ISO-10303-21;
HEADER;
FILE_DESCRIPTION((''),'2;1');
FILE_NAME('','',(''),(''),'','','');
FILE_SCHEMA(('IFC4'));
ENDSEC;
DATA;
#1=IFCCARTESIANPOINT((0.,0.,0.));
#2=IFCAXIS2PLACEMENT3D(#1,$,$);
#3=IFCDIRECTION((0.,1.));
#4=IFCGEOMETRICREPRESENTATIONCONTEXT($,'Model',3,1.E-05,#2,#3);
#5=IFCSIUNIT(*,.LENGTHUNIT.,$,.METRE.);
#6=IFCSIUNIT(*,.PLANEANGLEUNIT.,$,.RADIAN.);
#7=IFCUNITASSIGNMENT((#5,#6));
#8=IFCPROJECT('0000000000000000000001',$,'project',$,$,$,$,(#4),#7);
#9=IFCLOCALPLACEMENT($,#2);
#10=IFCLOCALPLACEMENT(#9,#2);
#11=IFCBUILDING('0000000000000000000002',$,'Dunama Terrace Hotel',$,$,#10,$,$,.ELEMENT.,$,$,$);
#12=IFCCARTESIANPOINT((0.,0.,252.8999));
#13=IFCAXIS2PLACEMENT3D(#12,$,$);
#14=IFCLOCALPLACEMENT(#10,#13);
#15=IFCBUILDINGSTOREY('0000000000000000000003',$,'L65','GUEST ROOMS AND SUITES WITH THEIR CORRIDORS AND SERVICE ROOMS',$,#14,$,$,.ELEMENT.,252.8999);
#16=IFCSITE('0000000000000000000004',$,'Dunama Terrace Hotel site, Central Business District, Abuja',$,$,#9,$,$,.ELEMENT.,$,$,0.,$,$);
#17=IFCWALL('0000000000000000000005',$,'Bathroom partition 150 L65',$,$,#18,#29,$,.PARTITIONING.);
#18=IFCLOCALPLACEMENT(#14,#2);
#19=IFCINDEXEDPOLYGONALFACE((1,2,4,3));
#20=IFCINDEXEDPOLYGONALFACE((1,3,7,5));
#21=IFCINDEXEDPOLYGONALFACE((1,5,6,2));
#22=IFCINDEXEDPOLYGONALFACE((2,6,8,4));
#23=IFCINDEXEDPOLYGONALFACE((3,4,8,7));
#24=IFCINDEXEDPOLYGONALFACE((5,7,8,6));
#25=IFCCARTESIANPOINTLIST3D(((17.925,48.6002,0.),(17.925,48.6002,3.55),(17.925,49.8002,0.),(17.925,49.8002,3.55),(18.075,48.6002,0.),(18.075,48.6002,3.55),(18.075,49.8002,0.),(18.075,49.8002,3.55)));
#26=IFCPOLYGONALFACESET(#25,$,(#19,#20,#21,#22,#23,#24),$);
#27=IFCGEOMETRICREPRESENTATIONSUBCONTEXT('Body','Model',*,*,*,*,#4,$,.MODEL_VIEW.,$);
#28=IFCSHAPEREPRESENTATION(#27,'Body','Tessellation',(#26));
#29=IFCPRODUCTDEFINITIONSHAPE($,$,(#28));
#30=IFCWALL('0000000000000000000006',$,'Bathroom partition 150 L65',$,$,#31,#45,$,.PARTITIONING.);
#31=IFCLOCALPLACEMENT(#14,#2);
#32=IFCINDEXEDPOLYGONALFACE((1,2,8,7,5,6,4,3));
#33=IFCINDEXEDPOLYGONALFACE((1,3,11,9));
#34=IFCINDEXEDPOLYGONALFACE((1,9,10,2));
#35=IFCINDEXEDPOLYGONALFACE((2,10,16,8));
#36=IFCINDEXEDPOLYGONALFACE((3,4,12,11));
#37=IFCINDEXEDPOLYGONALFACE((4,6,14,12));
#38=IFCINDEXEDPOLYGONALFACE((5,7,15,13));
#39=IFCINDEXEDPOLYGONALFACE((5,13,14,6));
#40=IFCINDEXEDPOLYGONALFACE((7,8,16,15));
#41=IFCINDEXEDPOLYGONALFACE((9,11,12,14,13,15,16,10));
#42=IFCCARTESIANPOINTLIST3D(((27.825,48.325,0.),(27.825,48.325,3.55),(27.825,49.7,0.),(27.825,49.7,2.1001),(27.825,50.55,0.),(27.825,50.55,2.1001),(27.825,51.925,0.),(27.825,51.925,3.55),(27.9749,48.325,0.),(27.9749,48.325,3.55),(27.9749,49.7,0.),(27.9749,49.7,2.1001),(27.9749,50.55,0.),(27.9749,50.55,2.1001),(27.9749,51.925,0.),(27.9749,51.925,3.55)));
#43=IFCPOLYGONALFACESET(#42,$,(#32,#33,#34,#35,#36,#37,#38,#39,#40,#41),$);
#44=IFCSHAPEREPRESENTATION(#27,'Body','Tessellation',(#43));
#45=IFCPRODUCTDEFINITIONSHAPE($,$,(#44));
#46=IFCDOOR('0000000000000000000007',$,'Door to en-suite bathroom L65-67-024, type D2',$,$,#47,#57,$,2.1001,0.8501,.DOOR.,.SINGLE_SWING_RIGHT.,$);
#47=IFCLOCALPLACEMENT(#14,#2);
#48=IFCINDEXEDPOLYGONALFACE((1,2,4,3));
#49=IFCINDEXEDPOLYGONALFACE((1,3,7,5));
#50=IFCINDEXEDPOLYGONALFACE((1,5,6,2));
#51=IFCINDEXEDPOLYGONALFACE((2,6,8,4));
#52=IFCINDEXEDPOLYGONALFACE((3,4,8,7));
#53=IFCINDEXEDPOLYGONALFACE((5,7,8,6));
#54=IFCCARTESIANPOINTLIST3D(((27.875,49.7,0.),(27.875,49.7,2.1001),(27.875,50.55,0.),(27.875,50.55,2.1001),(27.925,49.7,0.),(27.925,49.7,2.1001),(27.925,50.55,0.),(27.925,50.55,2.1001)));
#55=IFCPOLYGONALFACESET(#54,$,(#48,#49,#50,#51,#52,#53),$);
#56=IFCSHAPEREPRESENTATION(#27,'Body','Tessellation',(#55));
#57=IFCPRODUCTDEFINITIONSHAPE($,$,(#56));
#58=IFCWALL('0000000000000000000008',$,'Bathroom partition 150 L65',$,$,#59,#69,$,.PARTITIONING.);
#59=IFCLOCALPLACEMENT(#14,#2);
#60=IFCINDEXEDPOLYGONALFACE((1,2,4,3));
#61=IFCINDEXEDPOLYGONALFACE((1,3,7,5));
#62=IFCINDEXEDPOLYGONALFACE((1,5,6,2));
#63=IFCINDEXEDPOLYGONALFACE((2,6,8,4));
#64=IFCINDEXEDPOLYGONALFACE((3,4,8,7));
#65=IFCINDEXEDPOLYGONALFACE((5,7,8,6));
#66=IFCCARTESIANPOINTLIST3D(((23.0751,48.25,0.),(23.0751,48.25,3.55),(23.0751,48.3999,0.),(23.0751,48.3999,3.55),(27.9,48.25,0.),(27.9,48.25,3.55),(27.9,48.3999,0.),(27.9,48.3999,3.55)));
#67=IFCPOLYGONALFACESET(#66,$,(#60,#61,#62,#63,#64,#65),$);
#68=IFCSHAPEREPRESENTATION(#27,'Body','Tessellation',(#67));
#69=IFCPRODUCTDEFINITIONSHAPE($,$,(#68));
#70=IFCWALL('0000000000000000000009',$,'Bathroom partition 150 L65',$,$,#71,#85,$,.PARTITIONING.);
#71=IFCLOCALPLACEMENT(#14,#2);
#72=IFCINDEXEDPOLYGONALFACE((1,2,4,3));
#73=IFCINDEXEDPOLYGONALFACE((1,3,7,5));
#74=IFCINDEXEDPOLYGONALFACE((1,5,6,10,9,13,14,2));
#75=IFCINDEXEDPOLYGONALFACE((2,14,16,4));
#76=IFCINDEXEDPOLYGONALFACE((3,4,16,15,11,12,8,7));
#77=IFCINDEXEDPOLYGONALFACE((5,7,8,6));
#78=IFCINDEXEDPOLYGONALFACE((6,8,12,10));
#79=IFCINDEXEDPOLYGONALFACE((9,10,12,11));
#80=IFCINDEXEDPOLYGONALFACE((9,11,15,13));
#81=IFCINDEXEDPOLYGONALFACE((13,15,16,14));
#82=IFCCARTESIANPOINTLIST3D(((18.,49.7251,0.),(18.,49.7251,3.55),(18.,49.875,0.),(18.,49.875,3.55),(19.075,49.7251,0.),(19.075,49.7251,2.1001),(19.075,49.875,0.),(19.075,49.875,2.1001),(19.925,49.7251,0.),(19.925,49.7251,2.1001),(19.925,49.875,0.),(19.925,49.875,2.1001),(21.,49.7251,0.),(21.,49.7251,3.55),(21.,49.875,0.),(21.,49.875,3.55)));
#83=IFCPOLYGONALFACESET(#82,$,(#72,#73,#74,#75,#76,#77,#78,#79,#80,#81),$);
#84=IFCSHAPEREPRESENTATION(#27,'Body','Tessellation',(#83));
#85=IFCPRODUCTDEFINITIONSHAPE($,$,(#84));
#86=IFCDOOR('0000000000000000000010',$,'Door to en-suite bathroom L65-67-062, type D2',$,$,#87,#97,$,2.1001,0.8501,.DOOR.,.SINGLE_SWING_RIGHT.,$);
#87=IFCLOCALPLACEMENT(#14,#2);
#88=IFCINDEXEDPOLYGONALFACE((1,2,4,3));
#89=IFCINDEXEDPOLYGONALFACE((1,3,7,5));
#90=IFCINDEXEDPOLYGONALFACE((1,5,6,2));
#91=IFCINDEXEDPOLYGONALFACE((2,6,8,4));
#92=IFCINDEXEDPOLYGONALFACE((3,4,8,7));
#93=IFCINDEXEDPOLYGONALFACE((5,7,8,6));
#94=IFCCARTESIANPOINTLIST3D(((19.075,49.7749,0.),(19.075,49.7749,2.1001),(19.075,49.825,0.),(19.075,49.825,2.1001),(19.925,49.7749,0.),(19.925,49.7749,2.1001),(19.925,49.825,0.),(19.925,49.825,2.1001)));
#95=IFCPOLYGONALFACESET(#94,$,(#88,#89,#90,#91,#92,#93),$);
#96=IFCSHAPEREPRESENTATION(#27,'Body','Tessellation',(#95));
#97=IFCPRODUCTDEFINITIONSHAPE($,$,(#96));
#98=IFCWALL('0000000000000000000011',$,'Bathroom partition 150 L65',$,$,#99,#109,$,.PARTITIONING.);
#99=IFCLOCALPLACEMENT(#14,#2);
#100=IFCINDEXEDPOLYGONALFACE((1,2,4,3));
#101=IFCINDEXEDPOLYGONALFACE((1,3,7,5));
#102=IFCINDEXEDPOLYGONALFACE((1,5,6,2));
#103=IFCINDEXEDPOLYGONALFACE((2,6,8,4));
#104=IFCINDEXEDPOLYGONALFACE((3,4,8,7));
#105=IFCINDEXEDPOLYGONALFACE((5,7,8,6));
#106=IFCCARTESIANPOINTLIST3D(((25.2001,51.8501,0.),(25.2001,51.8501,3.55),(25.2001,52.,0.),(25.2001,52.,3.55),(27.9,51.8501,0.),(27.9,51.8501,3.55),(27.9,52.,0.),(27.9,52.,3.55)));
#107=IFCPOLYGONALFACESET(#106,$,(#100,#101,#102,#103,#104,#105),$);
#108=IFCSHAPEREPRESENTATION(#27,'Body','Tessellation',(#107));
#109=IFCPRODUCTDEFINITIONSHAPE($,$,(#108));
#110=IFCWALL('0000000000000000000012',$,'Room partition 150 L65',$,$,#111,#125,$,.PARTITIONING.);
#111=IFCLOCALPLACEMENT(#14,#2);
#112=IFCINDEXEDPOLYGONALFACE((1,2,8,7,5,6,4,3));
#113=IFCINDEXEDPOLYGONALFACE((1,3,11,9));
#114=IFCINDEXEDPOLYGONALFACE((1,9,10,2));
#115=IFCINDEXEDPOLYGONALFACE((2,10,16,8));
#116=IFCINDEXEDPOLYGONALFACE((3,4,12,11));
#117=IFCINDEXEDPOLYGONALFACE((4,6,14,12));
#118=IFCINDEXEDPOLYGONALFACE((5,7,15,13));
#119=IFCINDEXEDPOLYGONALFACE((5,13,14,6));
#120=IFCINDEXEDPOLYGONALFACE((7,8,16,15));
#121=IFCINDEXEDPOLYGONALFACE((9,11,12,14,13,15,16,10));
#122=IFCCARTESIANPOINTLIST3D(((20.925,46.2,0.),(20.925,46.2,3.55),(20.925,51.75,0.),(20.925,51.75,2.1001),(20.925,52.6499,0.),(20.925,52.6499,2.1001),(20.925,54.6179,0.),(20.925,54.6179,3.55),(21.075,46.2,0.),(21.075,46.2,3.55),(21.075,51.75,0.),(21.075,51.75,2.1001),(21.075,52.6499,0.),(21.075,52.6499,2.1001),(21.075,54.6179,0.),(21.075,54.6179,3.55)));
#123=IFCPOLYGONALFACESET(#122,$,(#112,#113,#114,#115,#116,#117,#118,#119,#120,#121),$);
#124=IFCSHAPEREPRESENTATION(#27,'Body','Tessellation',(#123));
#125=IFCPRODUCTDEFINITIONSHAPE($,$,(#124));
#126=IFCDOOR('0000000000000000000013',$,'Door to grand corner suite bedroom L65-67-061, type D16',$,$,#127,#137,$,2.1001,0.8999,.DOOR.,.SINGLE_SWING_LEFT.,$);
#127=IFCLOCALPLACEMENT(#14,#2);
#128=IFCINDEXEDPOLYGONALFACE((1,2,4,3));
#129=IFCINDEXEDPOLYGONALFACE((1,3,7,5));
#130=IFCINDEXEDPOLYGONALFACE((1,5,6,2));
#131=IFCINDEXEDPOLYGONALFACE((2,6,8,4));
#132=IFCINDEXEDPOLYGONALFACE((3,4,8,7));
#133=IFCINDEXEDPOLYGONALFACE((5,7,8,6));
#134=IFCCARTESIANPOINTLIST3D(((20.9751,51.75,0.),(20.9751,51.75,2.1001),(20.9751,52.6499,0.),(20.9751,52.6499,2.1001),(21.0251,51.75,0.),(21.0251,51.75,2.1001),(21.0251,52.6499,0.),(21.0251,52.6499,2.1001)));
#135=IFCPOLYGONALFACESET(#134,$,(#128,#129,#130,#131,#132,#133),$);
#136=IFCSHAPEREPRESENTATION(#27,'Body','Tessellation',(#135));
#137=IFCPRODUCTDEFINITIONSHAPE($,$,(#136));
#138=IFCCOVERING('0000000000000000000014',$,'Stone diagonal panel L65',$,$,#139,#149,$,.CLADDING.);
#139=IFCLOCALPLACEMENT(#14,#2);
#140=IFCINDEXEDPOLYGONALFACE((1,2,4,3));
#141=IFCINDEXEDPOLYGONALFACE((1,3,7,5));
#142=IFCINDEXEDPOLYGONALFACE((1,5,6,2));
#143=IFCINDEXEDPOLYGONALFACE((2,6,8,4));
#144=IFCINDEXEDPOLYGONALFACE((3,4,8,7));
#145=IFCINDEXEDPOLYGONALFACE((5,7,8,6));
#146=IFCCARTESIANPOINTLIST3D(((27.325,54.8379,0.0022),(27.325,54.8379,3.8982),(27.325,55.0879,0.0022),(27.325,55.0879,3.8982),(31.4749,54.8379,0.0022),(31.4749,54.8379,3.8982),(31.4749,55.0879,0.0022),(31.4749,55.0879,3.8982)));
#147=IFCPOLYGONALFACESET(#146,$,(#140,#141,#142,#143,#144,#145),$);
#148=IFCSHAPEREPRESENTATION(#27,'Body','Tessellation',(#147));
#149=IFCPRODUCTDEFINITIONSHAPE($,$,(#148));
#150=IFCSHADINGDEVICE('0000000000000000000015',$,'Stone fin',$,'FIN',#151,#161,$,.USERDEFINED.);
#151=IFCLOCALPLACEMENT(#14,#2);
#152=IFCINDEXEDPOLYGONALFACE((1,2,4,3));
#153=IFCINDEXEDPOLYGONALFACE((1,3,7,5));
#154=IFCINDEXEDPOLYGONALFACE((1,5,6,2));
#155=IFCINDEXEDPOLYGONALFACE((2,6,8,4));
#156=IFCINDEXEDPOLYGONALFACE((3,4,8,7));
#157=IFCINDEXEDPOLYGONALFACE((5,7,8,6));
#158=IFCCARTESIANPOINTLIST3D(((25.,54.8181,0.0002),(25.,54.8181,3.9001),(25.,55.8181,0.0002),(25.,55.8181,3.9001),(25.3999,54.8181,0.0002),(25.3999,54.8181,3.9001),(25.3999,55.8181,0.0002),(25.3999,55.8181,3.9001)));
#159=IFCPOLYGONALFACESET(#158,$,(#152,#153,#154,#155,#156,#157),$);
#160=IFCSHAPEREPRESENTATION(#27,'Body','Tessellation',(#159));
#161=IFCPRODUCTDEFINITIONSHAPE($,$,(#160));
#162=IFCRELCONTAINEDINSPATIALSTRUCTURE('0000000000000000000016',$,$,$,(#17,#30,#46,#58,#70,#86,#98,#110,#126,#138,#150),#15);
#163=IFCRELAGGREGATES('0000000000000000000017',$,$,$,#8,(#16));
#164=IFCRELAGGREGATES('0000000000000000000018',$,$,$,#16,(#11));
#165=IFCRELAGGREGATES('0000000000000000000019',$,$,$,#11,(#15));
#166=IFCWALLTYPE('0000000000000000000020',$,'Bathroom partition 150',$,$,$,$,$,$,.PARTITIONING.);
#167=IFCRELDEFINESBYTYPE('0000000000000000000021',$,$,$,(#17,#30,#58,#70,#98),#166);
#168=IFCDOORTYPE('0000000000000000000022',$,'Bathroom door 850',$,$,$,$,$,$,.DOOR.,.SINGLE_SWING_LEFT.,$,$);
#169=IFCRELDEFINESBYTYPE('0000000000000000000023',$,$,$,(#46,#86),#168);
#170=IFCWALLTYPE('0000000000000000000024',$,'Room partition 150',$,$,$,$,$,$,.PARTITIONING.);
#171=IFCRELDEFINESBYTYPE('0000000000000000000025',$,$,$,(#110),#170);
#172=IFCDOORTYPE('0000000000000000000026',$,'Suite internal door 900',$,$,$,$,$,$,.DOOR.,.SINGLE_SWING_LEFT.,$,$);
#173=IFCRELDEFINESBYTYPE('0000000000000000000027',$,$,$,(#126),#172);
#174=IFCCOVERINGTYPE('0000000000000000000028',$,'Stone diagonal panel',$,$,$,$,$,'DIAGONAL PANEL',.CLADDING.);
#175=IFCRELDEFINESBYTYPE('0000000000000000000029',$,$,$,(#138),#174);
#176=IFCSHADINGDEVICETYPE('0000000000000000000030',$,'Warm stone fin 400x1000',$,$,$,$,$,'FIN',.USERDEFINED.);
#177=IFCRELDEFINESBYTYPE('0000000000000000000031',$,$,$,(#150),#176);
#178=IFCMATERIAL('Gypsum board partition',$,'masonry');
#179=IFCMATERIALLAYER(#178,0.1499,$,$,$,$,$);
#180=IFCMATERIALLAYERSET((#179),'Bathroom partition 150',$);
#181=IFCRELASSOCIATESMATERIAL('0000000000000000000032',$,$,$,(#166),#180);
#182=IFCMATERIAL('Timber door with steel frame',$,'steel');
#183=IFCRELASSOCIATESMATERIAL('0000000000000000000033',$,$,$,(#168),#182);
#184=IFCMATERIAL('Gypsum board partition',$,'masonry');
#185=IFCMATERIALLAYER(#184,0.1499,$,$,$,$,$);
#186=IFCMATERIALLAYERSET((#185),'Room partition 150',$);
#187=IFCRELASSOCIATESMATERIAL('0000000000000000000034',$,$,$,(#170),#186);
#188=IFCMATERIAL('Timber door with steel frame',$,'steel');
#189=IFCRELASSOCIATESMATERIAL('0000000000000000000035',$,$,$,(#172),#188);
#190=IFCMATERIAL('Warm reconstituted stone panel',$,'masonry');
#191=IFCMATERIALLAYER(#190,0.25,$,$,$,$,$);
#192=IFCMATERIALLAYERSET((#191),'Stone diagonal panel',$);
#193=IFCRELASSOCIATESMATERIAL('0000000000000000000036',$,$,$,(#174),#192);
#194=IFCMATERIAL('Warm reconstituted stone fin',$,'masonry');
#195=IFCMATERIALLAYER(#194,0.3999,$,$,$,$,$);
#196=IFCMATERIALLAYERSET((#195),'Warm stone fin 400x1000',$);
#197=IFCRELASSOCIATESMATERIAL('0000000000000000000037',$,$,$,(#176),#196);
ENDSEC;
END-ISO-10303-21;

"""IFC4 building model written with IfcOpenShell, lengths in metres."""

from ifc_helpers import new_model, si_unit, direction, frame, frame_2d, origin, origin_2d, place, context, subcontext, project, spatial, rectangle, extrude, material, layer, layer_set, type_object, element, fill, save


model = new_model("IFC4")

# Units and contexts
model_context = context("Model", 3, precision=1e-05, world=origin(), true_north=direction((0.0, 1.0)))
body_context = subcontext(model_context, "Body", "Model", "MODEL_VIEW")
ifc_project = project(units=[si_unit("LENGTHUNIT", "METRE"), si_unit("PLANEANGLEUNIT", "RADIAN")], contexts=[model_context])

# Site, building, storey
site_placement = place(None, origin())
site = spatial("IfcSite", under=ifc_project, at=site_placement, Name="Dunama Terrace Hotel site, Central Business District, Abuja", CompositionType="ELEMENT", RefElevation=0.0)
building_placement = place(site_placement, origin())
building = spatial("IfcBuilding", under=site, at=building_placement, Name="Dunama Terrace Hotel", CompositionType="ELEMENT")
storey_placement = place(building_placement, frame((0.0, 0.0, 252.8999)))
storey = spatial("IfcBuildingStorey", under=building, at=storey_placement, Name="L65", Description="GUEST ROOMS AND SUITES WITH THEIR CORRIDORS AND SERVICE ROOMS", CompositionType="ELEMENT", Elevation=252.8999)

# Wall
ifc_material_1 = material(Name="Gypsum board partition", Category="masonry")
ifc_layer_1 = layer(ifc_material_1, 0.1499)
ifc_layer_set_1 = layer_set([ifc_layer_1], Name="Bathroom partition 150")
wall_type_1 = type_object("IfcWallType", Name="Bathroom partition 150", PredefinedType="PARTITIONING", material=ifc_layer_set_1)
wall_1_placement = place(storey_placement, frame((18.0, 48.6001, 0.0), z_axis=(0.0, 0.0, 1.0), x_axis=(0.0, 1.0, 0.0)))
element("IfcWall", 1, at=wall_1_placement, inside=storey, type_object=wall_type_1, Name="Bathroom partition 150 L65", PredefinedType="PARTITIONING", context=body_context, shape_type="SweptSolid", body=[
    extrude(rectangle(XDim=1.2, YDim=0.1499, at=frame_2d((0.6001, 0.0))), origin(), (0.0, 0.0, 1.0), 3.55),
])

# Wall, opening, door
wall_2_placement = place(storey_placement, frame((27.8999, 48.325, 0.0), z_axis=(0.0, 0.0, 1.0), x_axis=(0.0, 1.0, 0.0)))
wall_2 = element("IfcWall", 2, at=wall_2_placement, inside=storey, type_object=wall_type_1, Name="Bathroom partition 150 L65", PredefinedType="PARTITIONING", context=body_context, shape_type="SweptSolid", body=[
    extrude(rectangle(XDim=3.6001, YDim=0.1499, at=frame_2d((1.8, 0.0))), origin(), (0.0, 0.0, 1.0), 3.55),
])
opening_1_placement = place(wall_2_placement, frame((1.375, 0.0, 0.0)))
opening_1 = element("IfcOpeningElement", 3, at=opening_1_placement, cuts=wall_2, PredefinedType="OPENING", context=body_context, shape_type="SweptSolid", body=[
    extrude(rectangle(XDim=0.8501, YDim=2.1001, at=frame_2d((0.425, 1.05))), frame((0.0, 0.085, 0.0), z_axis=(0.0, -1.0, 0.0), x_axis=(1.0, 0.0, 0.0)), (0.0, 0.0, 1.0), 0.1699),
])
ifc_material_2 = material(Name="Timber door with steel frame", Category="steel")
door_type_1 = type_object("IfcDoorType", Name="Bathroom door 850", OperationType="SINGLE_SWING_LEFT", PredefinedType="DOOR", material=ifc_material_2)
door_1_placement = place(opening_1_placement, origin())
door_1 = element("IfcDoor", 4, at=door_1_placement, inside=storey, type_object=door_type_1, Name="Door to en-suite bathroom L65-67-024, type D2", OperationType="SINGLE_SWING_RIGHT", OverallHeight=2.1001, OverallWidth=0.8501, PredefinedType="DOOR", context=body_context, shape_type="SweptSolid", body=[
    extrude(rectangle(XDim=0.8501, YDim=2.1001, at=frame_2d((0.425, 1.05))), frame((0.0, 0.0249, 0.0), z_axis=(0.0, -1.0, 0.0), x_axis=(1.0, 0.0, 0.0)), (0.0, 0.0, 1.0), 0.05),
])
fill(opening_1, door_1)

# Wall
wall_3_placement = place(storey_placement, frame((23.075, 48.325, 0.0), z_axis=(0.0, 0.0, 1.0), x_axis=(1.0, 0.0, 0.0)))
element("IfcWall", 5, at=wall_3_placement, inside=storey, type_object=wall_type_1, Name="Bathroom partition 150 L65", PredefinedType="PARTITIONING", context=body_context, shape_type="SweptSolid", body=[
    extrude(rectangle(XDim=4.825, YDim=0.1499, at=frame_2d((2.4126, 0.0))), origin(), (0.0, 0.0, 1.0), 3.55),
])

# Wall, opening, door
wall_4_placement = place(storey_placement, frame((18.0, 49.8, 0.0), z_axis=(0.0, 0.0, 1.0), x_axis=(1.0, 0.0, 0.0)))
wall_4 = element("IfcWall", 6, at=wall_4_placement, inside=storey, type_object=wall_type_1, Name="Bathroom partition 150 L65", PredefinedType="PARTITIONING", context=body_context, shape_type="SweptSolid", body=[
    extrude(rectangle(XDim=3.0, YDim=0.1499, at=frame_2d((1.5, 0.0))), origin(), (0.0, 0.0, 1.0), 3.55),
])
opening_2_placement = place(wall_4_placement, frame((1.075, 0.0, 0.0)))
opening_2 = element("IfcOpeningElement", 7, at=opening_2_placement, cuts=wall_4, PredefinedType="OPENING", context=body_context, shape_type="SweptSolid", body=[
    extrude(rectangle(XDim=0.8501, YDim=2.1001, at=frame_2d((0.425, 1.05))), frame((0.0, 0.085, 0.0), z_axis=(0.0, -1.0, 0.0), x_axis=(1.0, 0.0, 0.0)), (0.0, 0.0, 1.0), 0.1699),
])
door_2_placement = place(opening_2_placement, frame((0.8501, 0.0, 0.0), z_axis=(0.0, 0.0, 1.0), x_axis=(-1.0, 0.0, 0.0)))
door_2 = element("IfcDoor", 8, at=door_2_placement, inside=storey, type_object=door_type_1, Name="Door to en-suite bathroom L65-67-062, type D2", OperationType="SINGLE_SWING_RIGHT", OverallHeight=2.1001, OverallWidth=0.8501, PredefinedType="DOOR", context=body_context, shape_type="SweptSolid", body=[
    extrude(rectangle(XDim=0.8501, YDim=2.1001, at=frame_2d((0.425, 1.05))), frame((0.0, 0.0251, 0.0), z_axis=(0.0, -1.0, 0.0), x_axis=(1.0, 0.0, 0.0)), (0.0, 0.0, 1.0), 0.05),
])
fill(opening_2, door_2)

# Wall
wall_5_placement = place(storey_placement, frame((25.2, 51.925, 0.0), z_axis=(0.0, 0.0, 1.0), x_axis=(1.0, 0.0, 0.0)))
element("IfcWall", 9, at=wall_5_placement, inside=storey, type_object=wall_type_1, Name="Bathroom partition 150 L65", PredefinedType="PARTITIONING", context=body_context, shape_type="SweptSolid", body=[
    extrude(rectangle(XDim=2.7, YDim=0.1499, at=frame_2d((1.3501, 0.0))), origin(), (0.0, 0.0, 1.0), 3.55),
])

# Wall, opening, door
ifc_material_3 = material(Name="Gypsum board partition", Category="masonry")
ifc_layer_2 = layer(ifc_material_3, 0.1499)
ifc_layer_set_2 = layer_set([ifc_layer_2], Name="Room partition 150")
wall_type_2 = type_object("IfcWallType", Name="Room partition 150", PredefinedType="PARTITIONING", material=ifc_layer_set_2)
wall_6_placement = place(storey_placement, frame((21.0, 46.2, 0.0), z_axis=(0.0, 0.0, 1.0), x_axis=(0.0, 1.0, 0.0)))
wall_6 = element("IfcWall", 10, at=wall_6_placement, inside=storey, type_object=wall_type_2, Name="Room partition 150 L65", PredefinedType="PARTITIONING", context=body_context, shape_type="SweptSolid", body=[
    extrude(rectangle(XDim=8.418, YDim=0.1499, at=frame_2d((4.209, 0.0))), origin(), (0.0, 0.0, 1.0), 3.55),
])
opening_3_placement = place(wall_6_placement, frame((5.55, 0.0, 0.0)))
opening_3 = element("IfcOpeningElement", 11, at=opening_3_placement, cuts=wall_6, PredefinedType="OPENING", context=body_context, shape_type="SweptSolid", body=[
    extrude(rectangle(XDim=0.8999, YDim=2.1001, at=frame_2d((0.45, 1.05))), frame((0.0, 0.085, 0.0), z_axis=(0.0, -1.0, 0.0), x_axis=(1.0, 0.0, 0.0)), (0.0, 0.0, 1.0), 0.1699),
])
ifc_material_4 = material(Name="Timber door with steel frame", Category="steel")
door_type_2 = type_object("IfcDoorType", Name="Suite internal door 900", OperationType="SINGLE_SWING_LEFT", PredefinedType="DOOR", material=ifc_material_4)
door_3_placement = place(opening_3_placement, origin())
door_3 = element("IfcDoor", 12, at=door_3_placement, inside=storey, type_object=door_type_2, Name="Door to grand corner suite bedroom L65-67-061, type D16", OperationType="SINGLE_SWING_LEFT", OverallHeight=2.1001, OverallWidth=0.8999, PredefinedType="DOOR", context=body_context, shape_type="SweptSolid", body=[
    extrude(rectangle(XDim=0.8999, YDim=2.1001, at=frame_2d((0.45, 1.05))), frame((0.0, 0.0249, 0.0), z_axis=(0.0, -1.0, 0.0), x_axis=(1.0, 0.0, 0.0)), (0.0, 0.0, 1.0), 0.05),
])
fill(opening_3, door_3)

# Covering
ifc_material_5 = material(Name="Warm reconstituted stone panel", Category="masonry")
ifc_layer_3 = layer(ifc_material_5, 0.25)
ifc_layer_set_3 = layer_set([ifc_layer_3], Name="Stone diagonal panel")
covering_type = type_object("IfcCoveringType", Name="Stone diagonal panel", ElementType="DIAGONAL PANEL", PredefinedType="CLADDING", material=ifc_layer_set_3)
covering_placement = place(storey_placement, frame((29.3999, 54.9629, 0.0022), z_axis=(0.0, 0.0, 1.0), x_axis=(-1.0, 0.0, 0.0)))
element("IfcCovering", 13, at=covering_placement, inside=storey, type_object=covering_type, Name="Stone diagonal panel L65", PredefinedType="CLADDING", context=body_context, shape_type="SweptSolid", body=[
    extrude(rectangle(XDim=4.1499, YDim=0.25, at=origin_2d()), origin(), (0.0, 0.0, 1.0), 3.896),
])

# Shading device
ifc_material_6 = material(Name="Warm reconstituted stone fin", Category="masonry")
ifc_layer_4 = layer(ifc_material_6, 0.3999)
ifc_layer_set_4 = layer_set([ifc_layer_4], Name="Warm stone fin 400x1000")
shading_device_type = type_object("IfcShadingDeviceType", Name="Warm stone fin 400x1000", ElementType="FIN", PredefinedType="USERDEFINED", material=ifc_layer_set_4)
shading_device_placement = place(storey_placement, frame((25.2, 55.3181, 0.0002), z_axis=(0.0, 0.0, 1.0), x_axis=(-1.0, 0.0, 0.0)))
element("IfcShadingDevice", 14, at=shading_device_placement, inside=storey, type_object=shading_device_type, Name="Stone fin", ObjectType="FIN", PredefinedType="USERDEFINED", context=body_context, shape_type="SweptSolid", body=[
    extrude(rectangle(XDim=0.3999, YDim=1.0, at=origin_2d()), origin(), (0.0, 0.0, 1.0), 3.8999),
])

save(model, "model.ifc")
